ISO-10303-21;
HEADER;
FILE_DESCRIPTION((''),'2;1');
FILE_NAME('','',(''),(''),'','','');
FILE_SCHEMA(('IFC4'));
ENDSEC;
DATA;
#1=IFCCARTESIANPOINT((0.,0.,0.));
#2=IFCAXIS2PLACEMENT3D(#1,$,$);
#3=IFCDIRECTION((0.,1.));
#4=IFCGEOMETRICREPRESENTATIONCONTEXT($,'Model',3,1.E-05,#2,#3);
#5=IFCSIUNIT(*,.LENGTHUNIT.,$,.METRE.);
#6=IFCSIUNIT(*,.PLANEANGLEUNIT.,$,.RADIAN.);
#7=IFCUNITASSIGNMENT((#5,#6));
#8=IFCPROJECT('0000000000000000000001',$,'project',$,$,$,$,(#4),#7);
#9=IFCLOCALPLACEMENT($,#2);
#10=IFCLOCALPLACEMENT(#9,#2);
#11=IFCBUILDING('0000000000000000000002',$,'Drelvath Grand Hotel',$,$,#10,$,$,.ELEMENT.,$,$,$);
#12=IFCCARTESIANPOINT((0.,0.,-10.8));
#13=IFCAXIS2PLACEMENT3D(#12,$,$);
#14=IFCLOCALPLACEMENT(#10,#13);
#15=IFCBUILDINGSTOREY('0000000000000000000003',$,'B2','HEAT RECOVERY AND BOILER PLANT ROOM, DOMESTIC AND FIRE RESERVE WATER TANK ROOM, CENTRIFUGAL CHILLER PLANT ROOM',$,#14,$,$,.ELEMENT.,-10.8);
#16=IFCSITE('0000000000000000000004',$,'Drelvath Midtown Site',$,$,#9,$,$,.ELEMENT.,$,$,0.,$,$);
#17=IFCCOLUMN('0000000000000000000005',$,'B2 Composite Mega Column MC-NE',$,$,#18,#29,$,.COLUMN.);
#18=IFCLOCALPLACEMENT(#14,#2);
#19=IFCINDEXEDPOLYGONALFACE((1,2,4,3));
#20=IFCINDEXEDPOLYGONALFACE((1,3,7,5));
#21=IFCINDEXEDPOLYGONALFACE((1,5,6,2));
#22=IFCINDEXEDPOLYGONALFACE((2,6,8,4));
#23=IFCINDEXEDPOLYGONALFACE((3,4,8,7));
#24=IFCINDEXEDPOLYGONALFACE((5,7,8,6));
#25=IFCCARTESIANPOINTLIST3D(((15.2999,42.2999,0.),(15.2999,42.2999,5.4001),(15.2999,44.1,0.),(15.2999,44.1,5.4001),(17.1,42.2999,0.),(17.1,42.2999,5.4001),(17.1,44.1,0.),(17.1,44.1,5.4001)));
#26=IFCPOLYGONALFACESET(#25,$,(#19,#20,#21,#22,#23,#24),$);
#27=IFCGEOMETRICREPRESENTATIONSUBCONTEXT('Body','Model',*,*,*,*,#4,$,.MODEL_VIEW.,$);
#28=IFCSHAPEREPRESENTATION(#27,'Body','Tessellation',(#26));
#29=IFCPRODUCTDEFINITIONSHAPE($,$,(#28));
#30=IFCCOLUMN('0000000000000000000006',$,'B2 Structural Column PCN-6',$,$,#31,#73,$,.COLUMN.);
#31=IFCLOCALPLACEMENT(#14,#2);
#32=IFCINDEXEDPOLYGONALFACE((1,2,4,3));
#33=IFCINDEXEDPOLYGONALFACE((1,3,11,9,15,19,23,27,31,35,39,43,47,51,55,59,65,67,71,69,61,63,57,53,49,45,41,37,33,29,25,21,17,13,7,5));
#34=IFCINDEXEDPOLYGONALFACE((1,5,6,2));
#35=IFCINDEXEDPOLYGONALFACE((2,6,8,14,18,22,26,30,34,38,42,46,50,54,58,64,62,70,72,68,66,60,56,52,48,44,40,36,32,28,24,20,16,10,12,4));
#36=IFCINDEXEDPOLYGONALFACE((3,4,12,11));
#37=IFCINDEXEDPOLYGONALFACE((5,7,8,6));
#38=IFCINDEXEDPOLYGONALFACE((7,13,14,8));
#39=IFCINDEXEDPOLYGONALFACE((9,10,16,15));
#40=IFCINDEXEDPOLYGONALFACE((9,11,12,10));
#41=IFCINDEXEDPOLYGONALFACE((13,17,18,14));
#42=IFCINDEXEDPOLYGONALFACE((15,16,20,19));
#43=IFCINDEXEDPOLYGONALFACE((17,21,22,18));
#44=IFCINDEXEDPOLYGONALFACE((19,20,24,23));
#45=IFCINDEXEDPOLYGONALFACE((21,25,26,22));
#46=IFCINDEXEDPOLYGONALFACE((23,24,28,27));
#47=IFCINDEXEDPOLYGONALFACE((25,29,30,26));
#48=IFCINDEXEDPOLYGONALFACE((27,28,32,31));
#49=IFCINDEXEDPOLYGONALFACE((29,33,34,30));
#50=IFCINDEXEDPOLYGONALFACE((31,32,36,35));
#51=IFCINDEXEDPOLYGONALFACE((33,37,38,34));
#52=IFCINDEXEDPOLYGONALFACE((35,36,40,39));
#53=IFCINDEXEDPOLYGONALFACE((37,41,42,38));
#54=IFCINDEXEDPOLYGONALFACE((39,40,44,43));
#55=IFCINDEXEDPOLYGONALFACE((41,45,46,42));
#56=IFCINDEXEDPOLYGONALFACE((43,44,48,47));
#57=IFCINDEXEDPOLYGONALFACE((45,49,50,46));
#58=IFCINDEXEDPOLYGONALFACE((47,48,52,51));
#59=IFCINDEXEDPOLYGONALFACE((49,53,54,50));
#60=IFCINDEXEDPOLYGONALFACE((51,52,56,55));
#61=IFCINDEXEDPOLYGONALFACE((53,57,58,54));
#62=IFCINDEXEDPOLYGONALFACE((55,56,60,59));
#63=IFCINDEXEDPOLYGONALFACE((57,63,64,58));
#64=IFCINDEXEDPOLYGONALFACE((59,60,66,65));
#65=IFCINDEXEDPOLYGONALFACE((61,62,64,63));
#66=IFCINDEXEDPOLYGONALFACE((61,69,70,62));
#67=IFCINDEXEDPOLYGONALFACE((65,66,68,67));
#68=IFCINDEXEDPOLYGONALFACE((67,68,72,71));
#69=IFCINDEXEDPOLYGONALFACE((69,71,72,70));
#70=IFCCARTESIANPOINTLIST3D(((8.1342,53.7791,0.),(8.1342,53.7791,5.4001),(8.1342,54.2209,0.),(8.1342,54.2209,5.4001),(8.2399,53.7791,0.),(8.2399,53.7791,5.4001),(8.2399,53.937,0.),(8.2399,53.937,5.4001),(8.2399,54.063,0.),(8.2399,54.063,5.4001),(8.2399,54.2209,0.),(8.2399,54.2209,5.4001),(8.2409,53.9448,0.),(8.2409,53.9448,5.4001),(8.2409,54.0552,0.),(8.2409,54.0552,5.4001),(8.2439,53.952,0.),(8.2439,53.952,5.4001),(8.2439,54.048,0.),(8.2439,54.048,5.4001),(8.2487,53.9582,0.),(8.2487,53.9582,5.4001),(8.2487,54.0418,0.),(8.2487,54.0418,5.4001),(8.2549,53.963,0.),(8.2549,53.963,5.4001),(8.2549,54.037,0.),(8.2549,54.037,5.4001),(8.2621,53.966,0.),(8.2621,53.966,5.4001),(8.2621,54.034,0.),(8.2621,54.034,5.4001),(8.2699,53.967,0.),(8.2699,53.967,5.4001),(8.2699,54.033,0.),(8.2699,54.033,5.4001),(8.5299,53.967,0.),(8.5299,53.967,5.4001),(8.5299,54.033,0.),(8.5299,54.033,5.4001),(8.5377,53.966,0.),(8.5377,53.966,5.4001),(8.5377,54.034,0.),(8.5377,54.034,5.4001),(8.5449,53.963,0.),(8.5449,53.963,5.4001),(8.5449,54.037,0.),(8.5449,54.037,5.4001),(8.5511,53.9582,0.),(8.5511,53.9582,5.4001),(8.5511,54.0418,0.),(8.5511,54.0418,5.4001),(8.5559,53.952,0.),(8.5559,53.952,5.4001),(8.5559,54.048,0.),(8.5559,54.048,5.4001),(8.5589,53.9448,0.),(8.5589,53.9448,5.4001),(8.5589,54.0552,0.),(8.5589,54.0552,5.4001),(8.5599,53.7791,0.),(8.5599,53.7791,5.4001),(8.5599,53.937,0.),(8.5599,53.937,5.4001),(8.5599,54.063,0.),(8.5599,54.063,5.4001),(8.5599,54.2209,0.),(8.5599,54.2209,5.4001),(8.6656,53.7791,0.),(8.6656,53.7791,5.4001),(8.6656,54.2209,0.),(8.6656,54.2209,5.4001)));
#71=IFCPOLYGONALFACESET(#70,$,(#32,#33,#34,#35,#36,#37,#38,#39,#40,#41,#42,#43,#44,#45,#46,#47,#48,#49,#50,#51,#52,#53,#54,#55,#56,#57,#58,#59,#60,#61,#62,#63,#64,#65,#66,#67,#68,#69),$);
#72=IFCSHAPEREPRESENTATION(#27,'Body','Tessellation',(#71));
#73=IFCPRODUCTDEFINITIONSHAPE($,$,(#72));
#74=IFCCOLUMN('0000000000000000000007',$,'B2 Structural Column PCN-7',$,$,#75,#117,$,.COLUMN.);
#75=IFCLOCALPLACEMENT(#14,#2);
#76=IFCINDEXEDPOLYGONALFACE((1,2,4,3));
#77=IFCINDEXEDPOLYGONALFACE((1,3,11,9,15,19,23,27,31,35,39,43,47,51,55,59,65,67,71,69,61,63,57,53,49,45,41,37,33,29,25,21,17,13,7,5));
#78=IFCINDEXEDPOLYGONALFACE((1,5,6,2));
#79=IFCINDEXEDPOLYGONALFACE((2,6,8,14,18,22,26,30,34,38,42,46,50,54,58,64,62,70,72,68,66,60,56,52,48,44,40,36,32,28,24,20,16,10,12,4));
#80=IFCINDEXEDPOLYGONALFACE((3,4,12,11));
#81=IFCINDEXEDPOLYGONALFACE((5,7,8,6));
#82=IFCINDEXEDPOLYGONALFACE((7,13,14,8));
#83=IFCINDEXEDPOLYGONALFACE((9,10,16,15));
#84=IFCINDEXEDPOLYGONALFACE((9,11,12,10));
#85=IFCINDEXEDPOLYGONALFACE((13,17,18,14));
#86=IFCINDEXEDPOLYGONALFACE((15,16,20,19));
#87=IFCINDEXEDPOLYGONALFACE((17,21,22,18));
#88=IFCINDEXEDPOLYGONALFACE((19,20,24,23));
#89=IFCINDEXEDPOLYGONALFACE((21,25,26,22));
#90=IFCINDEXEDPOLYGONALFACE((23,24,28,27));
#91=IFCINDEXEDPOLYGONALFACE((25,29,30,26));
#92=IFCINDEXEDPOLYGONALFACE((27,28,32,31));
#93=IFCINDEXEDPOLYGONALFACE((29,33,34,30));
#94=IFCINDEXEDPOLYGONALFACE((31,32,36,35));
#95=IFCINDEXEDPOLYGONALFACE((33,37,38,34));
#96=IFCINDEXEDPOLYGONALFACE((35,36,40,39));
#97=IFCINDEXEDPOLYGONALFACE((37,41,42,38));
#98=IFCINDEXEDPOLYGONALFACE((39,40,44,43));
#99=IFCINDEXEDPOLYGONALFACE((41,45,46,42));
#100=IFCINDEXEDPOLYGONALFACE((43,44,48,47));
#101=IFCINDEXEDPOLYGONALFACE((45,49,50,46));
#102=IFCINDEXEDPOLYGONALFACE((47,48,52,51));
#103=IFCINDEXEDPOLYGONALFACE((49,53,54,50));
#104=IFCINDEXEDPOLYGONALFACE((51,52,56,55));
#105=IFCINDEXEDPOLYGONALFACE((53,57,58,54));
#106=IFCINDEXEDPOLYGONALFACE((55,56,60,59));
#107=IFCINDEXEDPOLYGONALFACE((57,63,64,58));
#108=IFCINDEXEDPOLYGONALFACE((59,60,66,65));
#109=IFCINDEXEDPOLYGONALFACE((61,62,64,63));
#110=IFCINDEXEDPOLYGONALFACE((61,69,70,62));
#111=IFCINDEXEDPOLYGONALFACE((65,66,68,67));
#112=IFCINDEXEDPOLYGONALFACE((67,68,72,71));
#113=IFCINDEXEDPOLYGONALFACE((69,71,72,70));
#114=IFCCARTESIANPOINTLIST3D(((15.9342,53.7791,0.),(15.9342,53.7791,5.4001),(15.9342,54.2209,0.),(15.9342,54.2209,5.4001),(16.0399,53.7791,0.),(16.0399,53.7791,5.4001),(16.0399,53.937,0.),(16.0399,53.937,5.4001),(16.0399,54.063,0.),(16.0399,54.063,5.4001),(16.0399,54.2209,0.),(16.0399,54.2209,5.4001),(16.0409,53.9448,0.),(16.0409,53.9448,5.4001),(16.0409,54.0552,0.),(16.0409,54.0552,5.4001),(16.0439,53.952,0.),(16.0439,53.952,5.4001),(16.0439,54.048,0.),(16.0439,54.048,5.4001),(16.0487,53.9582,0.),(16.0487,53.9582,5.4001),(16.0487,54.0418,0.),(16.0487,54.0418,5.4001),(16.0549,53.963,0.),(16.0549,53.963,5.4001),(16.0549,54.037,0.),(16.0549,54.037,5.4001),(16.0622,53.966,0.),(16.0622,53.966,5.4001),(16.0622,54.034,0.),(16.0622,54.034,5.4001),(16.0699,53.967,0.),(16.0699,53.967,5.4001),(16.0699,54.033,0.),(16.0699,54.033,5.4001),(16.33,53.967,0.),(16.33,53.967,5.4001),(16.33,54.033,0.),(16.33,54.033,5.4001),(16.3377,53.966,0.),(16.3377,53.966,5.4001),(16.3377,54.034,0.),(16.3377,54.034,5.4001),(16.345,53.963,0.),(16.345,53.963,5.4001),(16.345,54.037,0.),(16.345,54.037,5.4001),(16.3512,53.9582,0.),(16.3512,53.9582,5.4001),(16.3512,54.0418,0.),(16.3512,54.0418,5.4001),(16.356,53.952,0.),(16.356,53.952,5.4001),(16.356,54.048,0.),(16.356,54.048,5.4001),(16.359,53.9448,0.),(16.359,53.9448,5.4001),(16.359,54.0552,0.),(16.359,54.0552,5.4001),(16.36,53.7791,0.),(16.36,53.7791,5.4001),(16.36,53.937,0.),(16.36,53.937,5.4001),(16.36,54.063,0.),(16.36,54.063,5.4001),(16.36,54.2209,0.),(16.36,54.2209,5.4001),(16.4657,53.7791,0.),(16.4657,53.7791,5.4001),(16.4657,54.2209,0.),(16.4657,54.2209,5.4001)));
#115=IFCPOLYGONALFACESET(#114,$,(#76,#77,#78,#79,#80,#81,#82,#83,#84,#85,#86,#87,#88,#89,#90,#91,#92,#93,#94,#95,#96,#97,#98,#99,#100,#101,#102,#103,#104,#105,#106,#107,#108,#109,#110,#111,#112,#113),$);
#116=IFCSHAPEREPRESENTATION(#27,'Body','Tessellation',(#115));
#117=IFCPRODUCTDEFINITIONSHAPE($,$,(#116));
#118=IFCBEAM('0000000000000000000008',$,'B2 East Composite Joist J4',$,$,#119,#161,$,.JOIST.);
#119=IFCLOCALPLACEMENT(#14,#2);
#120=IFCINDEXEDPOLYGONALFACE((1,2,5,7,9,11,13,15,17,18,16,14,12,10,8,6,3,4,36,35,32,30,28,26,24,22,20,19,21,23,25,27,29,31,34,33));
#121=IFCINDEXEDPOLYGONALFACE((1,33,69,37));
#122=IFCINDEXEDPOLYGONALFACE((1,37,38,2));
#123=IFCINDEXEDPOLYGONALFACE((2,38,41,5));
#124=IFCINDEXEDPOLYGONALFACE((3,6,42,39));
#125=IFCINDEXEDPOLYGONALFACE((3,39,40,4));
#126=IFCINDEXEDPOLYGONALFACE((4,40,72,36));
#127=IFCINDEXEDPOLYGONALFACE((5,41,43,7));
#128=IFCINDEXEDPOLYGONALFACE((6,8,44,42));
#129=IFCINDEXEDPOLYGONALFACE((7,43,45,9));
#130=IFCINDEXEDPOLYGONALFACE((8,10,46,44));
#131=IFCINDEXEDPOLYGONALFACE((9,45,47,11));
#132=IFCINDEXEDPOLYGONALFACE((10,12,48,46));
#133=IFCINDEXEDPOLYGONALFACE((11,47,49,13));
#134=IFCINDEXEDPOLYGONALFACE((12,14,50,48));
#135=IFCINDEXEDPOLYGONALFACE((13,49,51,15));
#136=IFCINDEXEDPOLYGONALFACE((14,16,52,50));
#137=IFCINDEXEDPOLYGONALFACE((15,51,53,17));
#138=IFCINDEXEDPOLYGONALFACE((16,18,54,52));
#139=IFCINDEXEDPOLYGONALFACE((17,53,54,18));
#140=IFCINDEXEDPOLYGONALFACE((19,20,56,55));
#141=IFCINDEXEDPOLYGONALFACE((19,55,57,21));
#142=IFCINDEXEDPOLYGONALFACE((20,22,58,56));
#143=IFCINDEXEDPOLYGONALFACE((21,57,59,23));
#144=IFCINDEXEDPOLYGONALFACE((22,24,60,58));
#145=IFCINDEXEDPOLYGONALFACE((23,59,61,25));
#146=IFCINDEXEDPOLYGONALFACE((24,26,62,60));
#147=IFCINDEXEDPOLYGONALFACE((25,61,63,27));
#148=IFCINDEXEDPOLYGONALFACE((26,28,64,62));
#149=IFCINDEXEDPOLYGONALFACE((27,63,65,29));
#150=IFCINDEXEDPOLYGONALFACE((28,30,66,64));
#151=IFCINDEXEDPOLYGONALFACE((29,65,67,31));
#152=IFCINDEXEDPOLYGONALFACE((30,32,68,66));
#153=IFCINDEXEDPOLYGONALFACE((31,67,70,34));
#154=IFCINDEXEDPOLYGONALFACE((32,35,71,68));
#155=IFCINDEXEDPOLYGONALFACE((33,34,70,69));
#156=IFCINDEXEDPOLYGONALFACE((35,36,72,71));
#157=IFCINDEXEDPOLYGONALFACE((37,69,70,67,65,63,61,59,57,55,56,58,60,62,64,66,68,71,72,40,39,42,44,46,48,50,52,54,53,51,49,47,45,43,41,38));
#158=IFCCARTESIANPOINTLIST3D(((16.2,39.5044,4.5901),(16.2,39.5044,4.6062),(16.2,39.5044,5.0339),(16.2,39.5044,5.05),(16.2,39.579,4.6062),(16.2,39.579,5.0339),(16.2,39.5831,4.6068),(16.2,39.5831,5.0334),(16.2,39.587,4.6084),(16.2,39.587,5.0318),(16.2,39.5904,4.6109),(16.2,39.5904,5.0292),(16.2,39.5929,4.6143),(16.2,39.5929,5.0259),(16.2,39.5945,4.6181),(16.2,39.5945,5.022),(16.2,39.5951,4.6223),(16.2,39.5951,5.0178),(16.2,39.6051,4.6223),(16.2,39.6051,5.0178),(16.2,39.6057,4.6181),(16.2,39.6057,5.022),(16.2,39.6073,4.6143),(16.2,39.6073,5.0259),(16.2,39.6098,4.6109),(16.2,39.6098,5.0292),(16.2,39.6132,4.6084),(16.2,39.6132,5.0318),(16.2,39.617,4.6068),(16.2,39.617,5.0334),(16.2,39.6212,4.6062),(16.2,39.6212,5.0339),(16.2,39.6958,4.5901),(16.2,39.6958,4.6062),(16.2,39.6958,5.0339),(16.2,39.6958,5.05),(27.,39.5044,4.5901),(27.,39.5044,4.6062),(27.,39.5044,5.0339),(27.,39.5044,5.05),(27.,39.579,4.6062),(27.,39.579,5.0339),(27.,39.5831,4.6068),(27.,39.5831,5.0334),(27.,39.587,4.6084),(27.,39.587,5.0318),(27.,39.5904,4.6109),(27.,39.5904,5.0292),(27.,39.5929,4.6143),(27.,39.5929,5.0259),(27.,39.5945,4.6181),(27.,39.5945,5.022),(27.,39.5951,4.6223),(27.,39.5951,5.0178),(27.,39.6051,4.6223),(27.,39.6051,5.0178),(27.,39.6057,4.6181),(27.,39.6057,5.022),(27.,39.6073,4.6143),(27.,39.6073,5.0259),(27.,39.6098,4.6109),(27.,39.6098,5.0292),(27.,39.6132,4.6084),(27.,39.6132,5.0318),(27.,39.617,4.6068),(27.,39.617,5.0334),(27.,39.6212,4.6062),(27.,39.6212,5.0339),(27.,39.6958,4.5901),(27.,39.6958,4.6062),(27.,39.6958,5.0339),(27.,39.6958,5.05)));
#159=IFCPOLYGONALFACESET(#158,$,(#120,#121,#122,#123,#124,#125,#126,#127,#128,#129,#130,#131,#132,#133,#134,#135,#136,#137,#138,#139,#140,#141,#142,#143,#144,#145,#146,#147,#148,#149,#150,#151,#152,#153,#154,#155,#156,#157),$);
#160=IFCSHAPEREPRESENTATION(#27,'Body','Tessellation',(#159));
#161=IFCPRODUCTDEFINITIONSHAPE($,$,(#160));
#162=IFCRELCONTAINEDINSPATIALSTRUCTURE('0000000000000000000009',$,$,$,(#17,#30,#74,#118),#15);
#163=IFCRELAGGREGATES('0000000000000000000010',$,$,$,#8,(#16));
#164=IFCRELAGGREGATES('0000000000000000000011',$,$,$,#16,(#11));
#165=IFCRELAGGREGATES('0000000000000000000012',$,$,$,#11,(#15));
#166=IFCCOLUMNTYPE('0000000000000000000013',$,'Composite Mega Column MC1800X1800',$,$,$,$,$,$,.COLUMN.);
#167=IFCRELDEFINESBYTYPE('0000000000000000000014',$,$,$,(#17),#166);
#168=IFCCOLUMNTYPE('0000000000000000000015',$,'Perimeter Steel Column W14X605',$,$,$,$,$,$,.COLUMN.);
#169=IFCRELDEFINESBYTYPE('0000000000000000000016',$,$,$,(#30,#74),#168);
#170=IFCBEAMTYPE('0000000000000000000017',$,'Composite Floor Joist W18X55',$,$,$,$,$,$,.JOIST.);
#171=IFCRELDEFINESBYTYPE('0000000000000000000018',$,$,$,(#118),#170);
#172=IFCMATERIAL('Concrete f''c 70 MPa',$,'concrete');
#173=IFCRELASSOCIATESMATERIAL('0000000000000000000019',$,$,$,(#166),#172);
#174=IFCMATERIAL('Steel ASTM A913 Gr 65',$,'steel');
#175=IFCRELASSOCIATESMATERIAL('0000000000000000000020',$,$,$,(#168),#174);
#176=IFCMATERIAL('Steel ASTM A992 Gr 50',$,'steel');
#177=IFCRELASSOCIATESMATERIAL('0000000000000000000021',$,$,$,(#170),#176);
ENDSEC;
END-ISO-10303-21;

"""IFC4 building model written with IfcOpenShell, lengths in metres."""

from ifc_helpers import new_model, si_unit, direction, frame, origin, origin_2d, place, context, subcontext, project, spatial, rectangle, i_section, extrude, material, material_profile, profile_set, type_object, element, save


model = new_model("IFC4")

# Units and contexts
model_context = context("Model", 3, precision=1e-05, world=origin(), true_north=direction((0.0, 1.0)))
body_context = subcontext(model_context, "Body", "Model", "MODEL_VIEW")
ifc_project = project(units=[si_unit("LENGTHUNIT", "METRE"), si_unit("PLANEANGLEUNIT", "RADIAN")], contexts=[model_context])

# Site, building, storey
site_placement = place(None, origin())
site = spatial("IfcSite", under=ifc_project, at=site_placement, Name="Drelvath Midtown Site", CompositionType="ELEMENT", RefElevation=0.0)
building_placement = place(site_placement, origin())
building = spatial("IfcBuilding", under=site, at=building_placement, Name="Drelvath Grand Hotel", CompositionType="ELEMENT")
storey_placement = place(building_placement, frame((0.0, 0.0, -10.8)))
storey = spatial("IfcBuildingStorey", under=building, at=storey_placement, Name="B2", Description="HEAT RECOVERY AND BOILER PLANT ROOM, DOMESTIC AND FIRE RESERVE WATER TANK ROOM, CENTRIFUGAL CHILLER PLANT ROOM", CompositionType="ELEMENT", Elevation=-10.8)

# Columns
ifc_material_1 = material(Name="Concrete f'c 70 MPa", Category="concrete")
ifc_material_profile_1 = material_profile(ifc_material_1, rectangle(XDim=1.8, YDim=1.8, at=origin_2d()), Name="MC1800X1800")
ifc_profile_set_1 = profile_set([ifc_material_profile_1], Name="Concrete f'c 70 MPa")
column_type_1 = type_object("IfcColumnType", Name="Composite Mega Column MC1800X1800", PredefinedType="COLUMN", material=ifc_profile_set_1)
column_placement = place(storey_placement, frame((16.2, 43.2, 0.0), z_axis=(0.0, 0.0, 1.0), x_axis=(1.0, 0.0, 0.0)))
element("IfcColumn", 1, at=column_placement, inside=storey, type_object=column_type_1, Name="B2 Composite Mega Column MC-NE", PredefinedType="COLUMN", context=body_context, shape_type="SweptSolid", body=[
    extrude(rectangle(XDim=1.8, YDim=1.8, at=origin_2d()), origin(), (0.0, 0.0, 1.0), 5.4001),
])
ifc_material_2 = material(Name="Steel ASTM A913 Gr 65", Category="steel")
ifc_material_profile_2 = material_profile(ifc_material_2, i_section(OverallWidth=0.4419, OverallDepth=0.5315, WebThickness=0.0659, FlangeThickness=0.1057, FilletRadius=0.03, at=origin_2d()), Name="W14X605")
ifc_profile_set_2 = profile_set([ifc_material_profile_2], Name="Steel ASTM A913 Gr 65")
column_type_2 = type_object("IfcColumnType", Name="Perimeter Steel Column W14X605", PredefinedType="COLUMN", material=ifc_profile_set_2)
for number, where, z_axis, x_axis, name in (
    (2, (8.3999, 54.0, 0.0), (0.0, 0.0, 1.0), (0.0, 1.0, 0.0), "B2 Structural Column PCN-6"),
    (3, (16.2, 54.0, 0.0), (0.0, 0.0, 1.0), (0.0, 1.0, 0.0), "B2 Structural Column PCN-7"),
):
    element("IfcColumn", number, at=place(storey_placement, frame(where, z_axis=z_axis, x_axis=x_axis)), inside=storey, type_object=column_type_2, Name=name, PredefinedType="COLUMN", context=body_context, shape_type="SweptSolid", body=[
        extrude(i_section(OverallWidth=0.4419, OverallDepth=0.5315, WebThickness=0.0659, FlangeThickness=0.1057, FilletRadius=0.03, at=origin_2d()), origin(), (0.0, 0.0, 1.0), 5.4001),
    ])

# Beam
ifc_material_3 = material(Name="Steel ASTM A992 Gr 50", Category="steel")
ifc_material_profile_3 = material_profile(ifc_material_3, i_section(OverallWidth=0.1914, OverallDepth=0.46, WebThickness=0.01, FlangeThickness=0.0161, FilletRadius=0.0161, at=origin_2d()), Name="W18X55")
ifc_profile_set_3 = profile_set([ifc_material_profile_3], Name="Steel ASTM A992 Gr 50")
beam_type_1 = type_object("IfcBeamType", Name="Composite Floor Joist W18X55", PredefinedType="JOIST", material=ifc_profile_set_3)
beam_placement = place(storey_placement, frame((16.2, 39.6001, 4.8201), z_axis=(1.0, 0.0, 0.0), x_axis=(0.0, 1.0, 0.0)))
element("IfcBeam", 4, at=beam_placement, inside=storey, type_object=beam_type_1, Name="B2 East Composite Joist J4", PredefinedType="JOIST", context=body_context, shape_type="SweptSolid", body=[
    extrude(i_section(OverallWidth=0.1914, OverallDepth=0.46, WebThickness=0.01, FlangeThickness=0.0161, FilletRadius=0.0161, at=origin_2d()), origin(), (0.0, 0.0, 1.0), 10.8),
])

save(model, "model.ifc")
